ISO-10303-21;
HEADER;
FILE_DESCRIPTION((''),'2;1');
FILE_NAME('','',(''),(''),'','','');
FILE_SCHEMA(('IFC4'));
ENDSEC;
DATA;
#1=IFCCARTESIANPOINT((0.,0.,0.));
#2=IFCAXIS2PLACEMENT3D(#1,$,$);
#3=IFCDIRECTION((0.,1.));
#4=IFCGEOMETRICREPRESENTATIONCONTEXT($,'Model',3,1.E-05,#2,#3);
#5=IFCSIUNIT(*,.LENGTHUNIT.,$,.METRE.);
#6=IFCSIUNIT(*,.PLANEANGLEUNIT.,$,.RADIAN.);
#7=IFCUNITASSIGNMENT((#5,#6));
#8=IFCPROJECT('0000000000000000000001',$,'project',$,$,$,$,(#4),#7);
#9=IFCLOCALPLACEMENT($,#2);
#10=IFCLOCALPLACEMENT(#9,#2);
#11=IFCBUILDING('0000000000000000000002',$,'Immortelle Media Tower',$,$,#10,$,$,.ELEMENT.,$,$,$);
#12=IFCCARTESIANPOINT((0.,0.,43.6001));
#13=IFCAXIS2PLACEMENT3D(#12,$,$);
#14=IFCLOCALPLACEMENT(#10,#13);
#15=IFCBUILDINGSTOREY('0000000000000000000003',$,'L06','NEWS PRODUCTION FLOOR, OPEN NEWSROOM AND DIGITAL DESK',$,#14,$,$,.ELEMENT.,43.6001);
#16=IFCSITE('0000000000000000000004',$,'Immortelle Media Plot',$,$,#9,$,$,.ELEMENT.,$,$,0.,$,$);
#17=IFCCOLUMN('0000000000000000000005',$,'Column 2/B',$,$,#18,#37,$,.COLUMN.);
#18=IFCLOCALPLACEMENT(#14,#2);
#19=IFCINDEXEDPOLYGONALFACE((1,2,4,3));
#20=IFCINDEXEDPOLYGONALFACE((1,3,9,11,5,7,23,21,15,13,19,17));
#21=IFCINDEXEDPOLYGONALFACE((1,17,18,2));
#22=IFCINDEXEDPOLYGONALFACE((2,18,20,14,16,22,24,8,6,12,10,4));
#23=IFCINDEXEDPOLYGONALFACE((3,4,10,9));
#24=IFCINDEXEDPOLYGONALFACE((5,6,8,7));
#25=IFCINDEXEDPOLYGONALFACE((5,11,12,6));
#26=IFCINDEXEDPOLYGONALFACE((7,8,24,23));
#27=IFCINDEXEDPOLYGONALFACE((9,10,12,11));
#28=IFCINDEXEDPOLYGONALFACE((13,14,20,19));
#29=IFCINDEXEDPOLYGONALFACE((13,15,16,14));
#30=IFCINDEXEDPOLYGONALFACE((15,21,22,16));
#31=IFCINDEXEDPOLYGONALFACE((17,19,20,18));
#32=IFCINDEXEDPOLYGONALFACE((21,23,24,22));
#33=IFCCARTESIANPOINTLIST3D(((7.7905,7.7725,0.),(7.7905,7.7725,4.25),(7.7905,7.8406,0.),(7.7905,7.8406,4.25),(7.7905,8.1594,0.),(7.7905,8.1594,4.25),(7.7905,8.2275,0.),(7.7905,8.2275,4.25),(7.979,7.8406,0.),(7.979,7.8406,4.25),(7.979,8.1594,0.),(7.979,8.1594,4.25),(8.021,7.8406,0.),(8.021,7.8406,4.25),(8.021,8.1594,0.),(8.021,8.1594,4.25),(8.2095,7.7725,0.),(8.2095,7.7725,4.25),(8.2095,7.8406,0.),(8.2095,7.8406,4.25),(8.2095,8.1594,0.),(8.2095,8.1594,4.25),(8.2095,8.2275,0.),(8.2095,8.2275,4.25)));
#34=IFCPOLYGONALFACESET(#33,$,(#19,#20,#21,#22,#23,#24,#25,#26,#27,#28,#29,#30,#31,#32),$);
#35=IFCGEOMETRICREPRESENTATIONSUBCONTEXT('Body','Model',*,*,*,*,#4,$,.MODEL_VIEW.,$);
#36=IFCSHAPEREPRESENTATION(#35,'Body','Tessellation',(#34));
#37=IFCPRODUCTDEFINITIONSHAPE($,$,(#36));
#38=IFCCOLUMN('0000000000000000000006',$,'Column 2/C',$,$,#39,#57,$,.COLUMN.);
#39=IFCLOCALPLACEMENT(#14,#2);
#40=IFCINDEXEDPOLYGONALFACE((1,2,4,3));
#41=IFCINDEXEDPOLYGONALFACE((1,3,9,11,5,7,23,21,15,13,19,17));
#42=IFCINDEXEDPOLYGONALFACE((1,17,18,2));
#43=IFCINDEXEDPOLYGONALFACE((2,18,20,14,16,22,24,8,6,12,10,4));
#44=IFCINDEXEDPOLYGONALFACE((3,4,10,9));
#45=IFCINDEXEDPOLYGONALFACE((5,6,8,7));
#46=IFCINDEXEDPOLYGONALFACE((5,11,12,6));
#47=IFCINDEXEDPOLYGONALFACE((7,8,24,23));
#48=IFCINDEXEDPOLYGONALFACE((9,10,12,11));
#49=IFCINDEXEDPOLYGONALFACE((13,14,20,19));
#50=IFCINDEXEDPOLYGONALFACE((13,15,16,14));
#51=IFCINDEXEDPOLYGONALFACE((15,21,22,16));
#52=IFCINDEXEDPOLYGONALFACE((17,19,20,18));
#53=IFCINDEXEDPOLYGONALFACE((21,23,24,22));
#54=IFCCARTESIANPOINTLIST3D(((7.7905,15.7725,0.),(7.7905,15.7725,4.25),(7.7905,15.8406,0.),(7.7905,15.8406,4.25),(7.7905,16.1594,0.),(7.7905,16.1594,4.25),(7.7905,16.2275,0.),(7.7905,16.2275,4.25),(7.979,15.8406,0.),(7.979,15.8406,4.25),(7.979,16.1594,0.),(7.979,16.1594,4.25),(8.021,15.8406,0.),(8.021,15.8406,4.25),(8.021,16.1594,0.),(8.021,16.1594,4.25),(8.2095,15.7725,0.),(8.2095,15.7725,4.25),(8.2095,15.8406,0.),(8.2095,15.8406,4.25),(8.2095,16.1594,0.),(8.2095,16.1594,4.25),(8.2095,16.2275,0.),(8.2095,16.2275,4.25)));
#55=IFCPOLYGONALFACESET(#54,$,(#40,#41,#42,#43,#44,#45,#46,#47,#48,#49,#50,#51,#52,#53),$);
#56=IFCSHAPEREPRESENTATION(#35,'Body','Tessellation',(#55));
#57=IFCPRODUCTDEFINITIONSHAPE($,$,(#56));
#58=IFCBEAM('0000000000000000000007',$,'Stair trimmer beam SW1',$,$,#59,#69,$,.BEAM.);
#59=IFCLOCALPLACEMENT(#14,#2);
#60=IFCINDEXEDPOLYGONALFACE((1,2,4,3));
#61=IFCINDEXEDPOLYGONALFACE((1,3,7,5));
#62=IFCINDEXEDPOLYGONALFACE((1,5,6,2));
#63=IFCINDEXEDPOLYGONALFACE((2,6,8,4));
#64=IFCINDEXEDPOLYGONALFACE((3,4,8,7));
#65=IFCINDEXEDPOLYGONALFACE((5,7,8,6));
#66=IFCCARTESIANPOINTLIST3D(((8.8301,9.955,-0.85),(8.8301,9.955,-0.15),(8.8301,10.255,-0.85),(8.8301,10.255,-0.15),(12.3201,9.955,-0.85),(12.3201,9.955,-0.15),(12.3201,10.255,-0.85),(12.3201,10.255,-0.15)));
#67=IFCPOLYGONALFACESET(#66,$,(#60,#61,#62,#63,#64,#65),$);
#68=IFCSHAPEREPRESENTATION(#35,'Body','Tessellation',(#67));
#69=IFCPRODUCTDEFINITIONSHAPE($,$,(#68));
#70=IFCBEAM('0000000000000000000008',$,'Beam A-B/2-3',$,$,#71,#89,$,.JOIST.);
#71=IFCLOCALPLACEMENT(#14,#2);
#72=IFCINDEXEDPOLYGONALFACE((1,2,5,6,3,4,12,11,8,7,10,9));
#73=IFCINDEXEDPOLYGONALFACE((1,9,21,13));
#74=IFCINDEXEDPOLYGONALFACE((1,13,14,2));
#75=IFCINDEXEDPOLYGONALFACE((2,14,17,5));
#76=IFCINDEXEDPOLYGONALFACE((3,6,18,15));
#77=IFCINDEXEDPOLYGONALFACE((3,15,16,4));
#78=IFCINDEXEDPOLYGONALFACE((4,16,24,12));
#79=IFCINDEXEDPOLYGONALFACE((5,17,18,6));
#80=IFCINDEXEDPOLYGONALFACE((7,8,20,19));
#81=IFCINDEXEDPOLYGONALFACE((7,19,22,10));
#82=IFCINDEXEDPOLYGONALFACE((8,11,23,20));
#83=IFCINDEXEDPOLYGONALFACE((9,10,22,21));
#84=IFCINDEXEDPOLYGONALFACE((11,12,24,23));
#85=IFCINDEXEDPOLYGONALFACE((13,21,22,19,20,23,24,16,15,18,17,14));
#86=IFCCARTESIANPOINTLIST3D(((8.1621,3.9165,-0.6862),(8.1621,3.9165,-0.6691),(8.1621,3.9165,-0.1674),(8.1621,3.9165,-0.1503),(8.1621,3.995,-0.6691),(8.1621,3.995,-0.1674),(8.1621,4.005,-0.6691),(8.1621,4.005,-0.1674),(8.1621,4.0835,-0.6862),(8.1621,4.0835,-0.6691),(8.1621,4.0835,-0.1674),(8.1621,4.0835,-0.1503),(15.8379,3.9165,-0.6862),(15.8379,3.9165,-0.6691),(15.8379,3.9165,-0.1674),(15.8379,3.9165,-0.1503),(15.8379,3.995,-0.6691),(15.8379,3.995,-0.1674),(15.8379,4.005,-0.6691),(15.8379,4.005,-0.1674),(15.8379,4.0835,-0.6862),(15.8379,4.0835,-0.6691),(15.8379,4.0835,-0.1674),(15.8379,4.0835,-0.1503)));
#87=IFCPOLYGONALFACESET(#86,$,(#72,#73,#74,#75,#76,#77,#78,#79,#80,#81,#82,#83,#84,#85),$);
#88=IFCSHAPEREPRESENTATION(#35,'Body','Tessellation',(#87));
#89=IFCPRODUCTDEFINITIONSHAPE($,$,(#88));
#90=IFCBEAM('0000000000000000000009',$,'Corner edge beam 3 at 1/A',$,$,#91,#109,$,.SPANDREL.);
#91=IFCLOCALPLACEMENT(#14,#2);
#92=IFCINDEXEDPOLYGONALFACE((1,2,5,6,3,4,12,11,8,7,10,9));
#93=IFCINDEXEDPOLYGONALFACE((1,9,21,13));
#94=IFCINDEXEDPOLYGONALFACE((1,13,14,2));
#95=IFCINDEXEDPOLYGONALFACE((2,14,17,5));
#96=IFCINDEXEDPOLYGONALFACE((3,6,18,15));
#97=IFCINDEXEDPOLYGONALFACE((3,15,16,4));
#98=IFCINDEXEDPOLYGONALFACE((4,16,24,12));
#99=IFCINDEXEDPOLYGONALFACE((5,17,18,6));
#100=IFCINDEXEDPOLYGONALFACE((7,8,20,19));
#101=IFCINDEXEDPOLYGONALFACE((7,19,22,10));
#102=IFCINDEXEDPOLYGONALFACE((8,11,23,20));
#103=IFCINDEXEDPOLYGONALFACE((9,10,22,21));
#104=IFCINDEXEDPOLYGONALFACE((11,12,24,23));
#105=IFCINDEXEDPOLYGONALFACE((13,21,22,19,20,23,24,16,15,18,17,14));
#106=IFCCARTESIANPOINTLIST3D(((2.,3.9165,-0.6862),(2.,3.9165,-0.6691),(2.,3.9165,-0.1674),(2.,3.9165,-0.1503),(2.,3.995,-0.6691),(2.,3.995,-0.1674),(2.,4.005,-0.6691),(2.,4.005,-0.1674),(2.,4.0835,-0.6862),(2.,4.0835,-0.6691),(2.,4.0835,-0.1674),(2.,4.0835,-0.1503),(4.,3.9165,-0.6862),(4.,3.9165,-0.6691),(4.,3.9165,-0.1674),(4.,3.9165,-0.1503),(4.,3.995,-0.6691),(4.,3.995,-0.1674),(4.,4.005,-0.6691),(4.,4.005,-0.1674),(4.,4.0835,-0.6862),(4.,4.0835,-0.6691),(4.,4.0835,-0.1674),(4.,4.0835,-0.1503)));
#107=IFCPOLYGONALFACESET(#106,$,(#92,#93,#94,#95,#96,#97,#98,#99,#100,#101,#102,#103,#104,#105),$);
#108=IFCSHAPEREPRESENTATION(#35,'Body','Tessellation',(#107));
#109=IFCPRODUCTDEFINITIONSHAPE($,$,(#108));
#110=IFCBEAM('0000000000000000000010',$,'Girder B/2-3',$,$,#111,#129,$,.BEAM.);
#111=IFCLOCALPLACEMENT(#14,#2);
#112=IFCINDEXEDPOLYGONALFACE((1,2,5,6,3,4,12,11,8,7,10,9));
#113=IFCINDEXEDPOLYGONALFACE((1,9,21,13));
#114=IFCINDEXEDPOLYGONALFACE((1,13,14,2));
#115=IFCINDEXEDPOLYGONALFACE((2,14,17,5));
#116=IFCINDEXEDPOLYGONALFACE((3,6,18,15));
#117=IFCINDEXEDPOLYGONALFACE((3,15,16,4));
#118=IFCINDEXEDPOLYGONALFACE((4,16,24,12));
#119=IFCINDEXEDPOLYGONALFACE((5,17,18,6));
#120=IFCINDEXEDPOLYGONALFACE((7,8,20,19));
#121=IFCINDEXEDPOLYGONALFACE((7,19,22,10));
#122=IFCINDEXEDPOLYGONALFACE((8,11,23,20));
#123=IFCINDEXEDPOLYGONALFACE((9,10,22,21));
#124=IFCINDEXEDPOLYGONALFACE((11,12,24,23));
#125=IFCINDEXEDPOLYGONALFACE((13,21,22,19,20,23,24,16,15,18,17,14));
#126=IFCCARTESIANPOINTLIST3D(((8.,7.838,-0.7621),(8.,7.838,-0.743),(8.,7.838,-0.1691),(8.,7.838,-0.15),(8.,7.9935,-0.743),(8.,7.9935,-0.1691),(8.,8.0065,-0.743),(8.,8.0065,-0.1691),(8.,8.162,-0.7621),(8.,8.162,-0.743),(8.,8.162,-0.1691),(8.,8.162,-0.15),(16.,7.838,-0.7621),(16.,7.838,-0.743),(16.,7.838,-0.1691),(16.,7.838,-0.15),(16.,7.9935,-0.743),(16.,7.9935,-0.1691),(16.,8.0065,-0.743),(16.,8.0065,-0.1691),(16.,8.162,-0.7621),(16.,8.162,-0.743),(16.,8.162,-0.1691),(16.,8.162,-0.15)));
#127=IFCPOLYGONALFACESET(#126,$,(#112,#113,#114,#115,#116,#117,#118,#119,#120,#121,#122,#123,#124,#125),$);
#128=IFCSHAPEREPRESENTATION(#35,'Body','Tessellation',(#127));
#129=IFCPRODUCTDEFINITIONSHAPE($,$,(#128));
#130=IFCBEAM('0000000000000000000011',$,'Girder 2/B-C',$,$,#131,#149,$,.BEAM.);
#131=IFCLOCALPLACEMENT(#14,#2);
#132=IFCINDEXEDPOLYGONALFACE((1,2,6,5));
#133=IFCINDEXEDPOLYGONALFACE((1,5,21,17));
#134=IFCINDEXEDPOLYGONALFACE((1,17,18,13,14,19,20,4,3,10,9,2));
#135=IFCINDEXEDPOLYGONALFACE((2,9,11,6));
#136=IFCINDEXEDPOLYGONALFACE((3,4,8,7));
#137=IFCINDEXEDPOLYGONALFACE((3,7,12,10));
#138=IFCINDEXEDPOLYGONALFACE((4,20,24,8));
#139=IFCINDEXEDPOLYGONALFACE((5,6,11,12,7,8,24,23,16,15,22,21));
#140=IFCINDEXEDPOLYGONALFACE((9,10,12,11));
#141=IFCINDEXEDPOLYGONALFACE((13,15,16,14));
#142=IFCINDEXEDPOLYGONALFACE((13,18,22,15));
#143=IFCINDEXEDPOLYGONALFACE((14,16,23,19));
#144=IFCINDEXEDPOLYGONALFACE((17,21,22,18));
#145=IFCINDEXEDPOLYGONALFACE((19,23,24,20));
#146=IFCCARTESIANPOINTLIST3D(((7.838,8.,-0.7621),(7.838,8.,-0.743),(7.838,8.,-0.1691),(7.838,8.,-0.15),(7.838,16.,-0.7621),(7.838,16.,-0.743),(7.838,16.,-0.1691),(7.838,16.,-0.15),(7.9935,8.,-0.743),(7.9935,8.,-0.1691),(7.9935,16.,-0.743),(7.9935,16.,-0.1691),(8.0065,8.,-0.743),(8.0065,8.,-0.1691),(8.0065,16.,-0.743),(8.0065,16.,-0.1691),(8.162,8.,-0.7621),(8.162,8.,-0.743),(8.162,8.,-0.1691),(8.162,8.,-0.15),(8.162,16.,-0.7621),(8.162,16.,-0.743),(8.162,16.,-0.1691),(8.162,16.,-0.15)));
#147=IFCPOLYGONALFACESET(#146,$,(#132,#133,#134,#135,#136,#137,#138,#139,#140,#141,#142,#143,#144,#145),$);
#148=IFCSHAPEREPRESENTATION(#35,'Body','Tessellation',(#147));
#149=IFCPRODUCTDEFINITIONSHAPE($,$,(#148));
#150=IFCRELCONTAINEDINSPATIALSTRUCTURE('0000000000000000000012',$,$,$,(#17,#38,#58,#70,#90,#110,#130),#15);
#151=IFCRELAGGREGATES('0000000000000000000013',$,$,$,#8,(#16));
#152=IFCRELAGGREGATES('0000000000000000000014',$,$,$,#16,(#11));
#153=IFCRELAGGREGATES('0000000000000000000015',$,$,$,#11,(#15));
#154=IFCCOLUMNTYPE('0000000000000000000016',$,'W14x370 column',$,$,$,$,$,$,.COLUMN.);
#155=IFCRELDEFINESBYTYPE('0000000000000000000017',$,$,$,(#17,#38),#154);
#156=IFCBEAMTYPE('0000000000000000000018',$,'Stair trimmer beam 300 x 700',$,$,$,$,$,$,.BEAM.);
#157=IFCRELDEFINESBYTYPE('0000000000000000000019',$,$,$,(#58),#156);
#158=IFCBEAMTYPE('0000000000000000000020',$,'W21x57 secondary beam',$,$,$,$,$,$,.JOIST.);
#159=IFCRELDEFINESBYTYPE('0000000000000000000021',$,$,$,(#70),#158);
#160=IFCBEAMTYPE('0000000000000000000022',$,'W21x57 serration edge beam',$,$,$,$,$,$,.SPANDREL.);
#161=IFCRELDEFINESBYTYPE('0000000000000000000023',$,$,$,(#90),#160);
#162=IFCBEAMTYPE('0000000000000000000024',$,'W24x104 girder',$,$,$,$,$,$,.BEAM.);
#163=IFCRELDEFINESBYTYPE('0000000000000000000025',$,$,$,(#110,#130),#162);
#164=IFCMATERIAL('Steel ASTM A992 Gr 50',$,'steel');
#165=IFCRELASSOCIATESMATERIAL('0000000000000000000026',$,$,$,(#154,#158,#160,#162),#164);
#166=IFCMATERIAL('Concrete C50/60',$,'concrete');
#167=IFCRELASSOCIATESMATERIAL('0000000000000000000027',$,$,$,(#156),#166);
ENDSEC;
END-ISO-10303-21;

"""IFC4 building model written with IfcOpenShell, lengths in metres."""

from ifc_helpers import new_model, si_unit, direction, frame, origin, origin_2d, place, context, subcontext, project, spatial, rectangle, i_section, extrude, material, material_profile, profile_set, type_object, element, save


model = new_model("IFC4")

# Units and contexts
model_context = context("Model", 3, precision=1e-05, world=origin(), true_north=direction((0.0, 1.0)))
body_context = subcontext(model_context, "Body", "Model", "MODEL_VIEW")
ifc_project = project(units=[si_unit("LENGTHUNIT", "METRE"), si_unit("PLANEANGLEUNIT", "RADIAN")], contexts=[model_context])

# Site, building, storey
site_placement = place(None, origin())
site = spatial("IfcSite", under=ifc_project, at=site_placement, Name="Immortelle Media Plot", CompositionType="ELEMENT", RefElevation=0.0)
building_placement = place(site_placement, origin())
building = spatial("IfcBuilding", under=site, at=building_placement, Name="Immortelle Media Tower", CompositionType="ELEMENT")
storey_placement = place(building_placement, frame((0.0, 0.0, 43.6001)))
storey = spatial("IfcBuildingStorey", under=building, at=storey_placement, Name="L06", Description="NEWS PRODUCTION FLOOR, OPEN NEWSROOM AND DIGITAL DESK", CompositionType="ELEMENT", Elevation=43.6001)

# Columns
ifc_material_1 = material(Name="Steel ASTM A992 Gr 50", Category="steel")
ifc_material_profile_1 = material_profile(ifc_material_1, i_section(OverallWidth=0.4189, OverallDepth=0.4551, WebThickness=0.042, FlangeThickness=0.0681, at=origin_2d()), Name="W14x370")
ifc_profile_set_1 = profile_set([ifc_material_profile_1], Name="Steel ASTM A992 Gr 50")
column_type = type_object("IfcColumnType", Name="W14x370 column", PredefinedType="COLUMN", material=ifc_profile_set_1)
for number, where, z_axis, x_axis, name in (
    (1, (8.0, 8.0, 0.0), (0.0, 0.0, 1.0), (1.0, 0.0, 0.0), "Column 2/B"),
    (2, (8.0, 16.0, 0.0), (0.0, 0.0, 1.0), (1.0, 0.0, 0.0), "Column 2/C"),
):
    element("IfcColumn", number, at=place(storey_placement, frame(where, z_axis=z_axis, x_axis=x_axis)), inside=storey, type_object=column_type, Name=name, PredefinedType="COLUMN", context=body_context, shape_type="SweptSolid", body=[
        extrude(i_section(OverallWidth=0.4189, OverallDepth=0.4551, WebThickness=0.042, FlangeThickness=0.0681, at=origin_2d()), origin(), (0.0, 0.0, 1.0), 4.25),
    ])

# Beams
ifc_material_2 = material(Name="Concrete C50/60", Category="concrete")
ifc_material_profile_2 = material_profile(ifc_material_2, rectangle(XDim=0.3, YDim=0.7, at=origin_2d()), Name="RC 300x700")
ifc_profile_set_2 = profile_set([ifc_material_profile_2], Name="Concrete C50/60")
beam_type_1 = type_object("IfcBeamType", Name="Stair trimmer beam 300 x 700", PredefinedType="BEAM", material=ifc_profile_set_2)
beam_1_placement = place(storey_placement, frame((8.8301, 10.105, -0.5), z_axis=(1.0, 0.0, 0.0), x_axis=(0.0, 1.0, 0.0)))
element("IfcBeam", 3, at=beam_1_placement, inside=storey, type_object=beam_type_1, Name="Stair trimmer beam SW1", PredefinedType="BEAM", context=body_context, shape_type="SweptSolid", body=[
    extrude(rectangle(XDim=0.3, YDim=0.7, at=origin_2d()), origin(), (0.0, 0.0, 1.0), 3.49),
])
ifc_material_profile_3 = material_profile(ifc_material_1, i_section(OverallWidth=0.167, OverallDepth=0.5359, WebThickness=0.01, FlangeThickness=0.0171, at=origin_2d()), Name="W21x57")
ifc_profile_set_3 = profile_set([ifc_material_profile_3], Name="Steel ASTM A992 Gr 50")
beam_type_2 = type_object("IfcBeamType", Name="W21x57 secondary beam", PredefinedType="JOIST", material=ifc_profile_set_3)
beam_2_placement = place(storey_placement, frame((8.1621, 4.0, -0.4182), z_axis=(1.0, 0.0, 0.0), x_axis=(0.0, 1.0, 0.0)))
element("IfcBeam", 4, at=beam_2_placement, inside=storey, type_object=beam_type_2, Name="Beam A-B/2-3", PredefinedType="JOIST", context=body_context, shape_type="SweptSolid", body=[
    extrude(i_section(OverallWidth=0.167, OverallDepth=0.5359, WebThickness=0.01, FlangeThickness=0.0171, at=origin_2d()), origin(), (0.0, 0.0, 1.0), 7.6758),
])
ifc_material_profile_4 = material_profile(ifc_material_1, i_section(OverallWidth=0.167, OverallDepth=0.5359, WebThickness=0.01, FlangeThickness=0.0171, at=origin_2d()), Name="W21x57")
ifc_profile_set_4 = profile_set([ifc_material_profile_4], Name="Steel ASTM A992 Gr 50")
beam_type_3 = type_object("IfcBeamType", Name="W21x57 serration edge beam", PredefinedType="SPANDREL", material=ifc_profile_set_4)
beam_3_placement = place(storey_placement, frame((4.0, 4.0, -0.4182), z_axis=(-1.0, 0.0, 0.0), x_axis=(0.0, -1.0, 0.0)))
element("IfcBeam", 5, at=beam_3_placement, inside=storey, type_object=beam_type_3, Name="Corner edge beam 3 at 1/A", PredefinedType="SPANDREL", context=body_context, shape_type="SweptSolid", body=[
    extrude(i_section(OverallWidth=0.167, OverallDepth=0.5359, WebThickness=0.01, FlangeThickness=0.0171, at=origin_2d()), origin(), (0.0, 0.0, 1.0), 2.0),
])
ifc_material_profile_5 = material_profile(ifc_material_1, i_section(OverallWidth=0.324, OverallDepth=0.6121, WebThickness=0.0129, FlangeThickness=0.019, at=origin_2d()), Name="W24x104")
ifc_profile_set_5 = profile_set([ifc_material_profile_5], Name="Steel ASTM A992 Gr 50")
beam_type_4 = type_object("IfcBeamType", Name="W24x104 girder", PredefinedType="BEAM", material=ifc_profile_set_5)
for number, where, z_axis, x_axis, name in (
    (6, (8.0, 8.0, -0.4561), (1.0, 0.0, 0.0), (0.0, 1.0, 0.0), "Girder B/2-3"),
    (7, (8.0, 8.0, -0.4561), (0.0, 1.0, 0.0), (-1.0, 0.0, 0.0), "Girder 2/B-C"),
):
    element("IfcBeam", number, at=place(storey_placement, frame(where, z_axis=z_axis, x_axis=x_axis)), inside=storey, type_object=beam_type_4, Name=name, PredefinedType="BEAM", context=body_context, shape_type="SweptSolid", body=[
        extrude(i_section(OverallWidth=0.324, OverallDepth=0.6121, WebThickness=0.0129, FlangeThickness=0.019, at=origin_2d()), origin(), (0.0, 0.0, 1.0), 8.0),
    ])

save(model, "model.ifc")
